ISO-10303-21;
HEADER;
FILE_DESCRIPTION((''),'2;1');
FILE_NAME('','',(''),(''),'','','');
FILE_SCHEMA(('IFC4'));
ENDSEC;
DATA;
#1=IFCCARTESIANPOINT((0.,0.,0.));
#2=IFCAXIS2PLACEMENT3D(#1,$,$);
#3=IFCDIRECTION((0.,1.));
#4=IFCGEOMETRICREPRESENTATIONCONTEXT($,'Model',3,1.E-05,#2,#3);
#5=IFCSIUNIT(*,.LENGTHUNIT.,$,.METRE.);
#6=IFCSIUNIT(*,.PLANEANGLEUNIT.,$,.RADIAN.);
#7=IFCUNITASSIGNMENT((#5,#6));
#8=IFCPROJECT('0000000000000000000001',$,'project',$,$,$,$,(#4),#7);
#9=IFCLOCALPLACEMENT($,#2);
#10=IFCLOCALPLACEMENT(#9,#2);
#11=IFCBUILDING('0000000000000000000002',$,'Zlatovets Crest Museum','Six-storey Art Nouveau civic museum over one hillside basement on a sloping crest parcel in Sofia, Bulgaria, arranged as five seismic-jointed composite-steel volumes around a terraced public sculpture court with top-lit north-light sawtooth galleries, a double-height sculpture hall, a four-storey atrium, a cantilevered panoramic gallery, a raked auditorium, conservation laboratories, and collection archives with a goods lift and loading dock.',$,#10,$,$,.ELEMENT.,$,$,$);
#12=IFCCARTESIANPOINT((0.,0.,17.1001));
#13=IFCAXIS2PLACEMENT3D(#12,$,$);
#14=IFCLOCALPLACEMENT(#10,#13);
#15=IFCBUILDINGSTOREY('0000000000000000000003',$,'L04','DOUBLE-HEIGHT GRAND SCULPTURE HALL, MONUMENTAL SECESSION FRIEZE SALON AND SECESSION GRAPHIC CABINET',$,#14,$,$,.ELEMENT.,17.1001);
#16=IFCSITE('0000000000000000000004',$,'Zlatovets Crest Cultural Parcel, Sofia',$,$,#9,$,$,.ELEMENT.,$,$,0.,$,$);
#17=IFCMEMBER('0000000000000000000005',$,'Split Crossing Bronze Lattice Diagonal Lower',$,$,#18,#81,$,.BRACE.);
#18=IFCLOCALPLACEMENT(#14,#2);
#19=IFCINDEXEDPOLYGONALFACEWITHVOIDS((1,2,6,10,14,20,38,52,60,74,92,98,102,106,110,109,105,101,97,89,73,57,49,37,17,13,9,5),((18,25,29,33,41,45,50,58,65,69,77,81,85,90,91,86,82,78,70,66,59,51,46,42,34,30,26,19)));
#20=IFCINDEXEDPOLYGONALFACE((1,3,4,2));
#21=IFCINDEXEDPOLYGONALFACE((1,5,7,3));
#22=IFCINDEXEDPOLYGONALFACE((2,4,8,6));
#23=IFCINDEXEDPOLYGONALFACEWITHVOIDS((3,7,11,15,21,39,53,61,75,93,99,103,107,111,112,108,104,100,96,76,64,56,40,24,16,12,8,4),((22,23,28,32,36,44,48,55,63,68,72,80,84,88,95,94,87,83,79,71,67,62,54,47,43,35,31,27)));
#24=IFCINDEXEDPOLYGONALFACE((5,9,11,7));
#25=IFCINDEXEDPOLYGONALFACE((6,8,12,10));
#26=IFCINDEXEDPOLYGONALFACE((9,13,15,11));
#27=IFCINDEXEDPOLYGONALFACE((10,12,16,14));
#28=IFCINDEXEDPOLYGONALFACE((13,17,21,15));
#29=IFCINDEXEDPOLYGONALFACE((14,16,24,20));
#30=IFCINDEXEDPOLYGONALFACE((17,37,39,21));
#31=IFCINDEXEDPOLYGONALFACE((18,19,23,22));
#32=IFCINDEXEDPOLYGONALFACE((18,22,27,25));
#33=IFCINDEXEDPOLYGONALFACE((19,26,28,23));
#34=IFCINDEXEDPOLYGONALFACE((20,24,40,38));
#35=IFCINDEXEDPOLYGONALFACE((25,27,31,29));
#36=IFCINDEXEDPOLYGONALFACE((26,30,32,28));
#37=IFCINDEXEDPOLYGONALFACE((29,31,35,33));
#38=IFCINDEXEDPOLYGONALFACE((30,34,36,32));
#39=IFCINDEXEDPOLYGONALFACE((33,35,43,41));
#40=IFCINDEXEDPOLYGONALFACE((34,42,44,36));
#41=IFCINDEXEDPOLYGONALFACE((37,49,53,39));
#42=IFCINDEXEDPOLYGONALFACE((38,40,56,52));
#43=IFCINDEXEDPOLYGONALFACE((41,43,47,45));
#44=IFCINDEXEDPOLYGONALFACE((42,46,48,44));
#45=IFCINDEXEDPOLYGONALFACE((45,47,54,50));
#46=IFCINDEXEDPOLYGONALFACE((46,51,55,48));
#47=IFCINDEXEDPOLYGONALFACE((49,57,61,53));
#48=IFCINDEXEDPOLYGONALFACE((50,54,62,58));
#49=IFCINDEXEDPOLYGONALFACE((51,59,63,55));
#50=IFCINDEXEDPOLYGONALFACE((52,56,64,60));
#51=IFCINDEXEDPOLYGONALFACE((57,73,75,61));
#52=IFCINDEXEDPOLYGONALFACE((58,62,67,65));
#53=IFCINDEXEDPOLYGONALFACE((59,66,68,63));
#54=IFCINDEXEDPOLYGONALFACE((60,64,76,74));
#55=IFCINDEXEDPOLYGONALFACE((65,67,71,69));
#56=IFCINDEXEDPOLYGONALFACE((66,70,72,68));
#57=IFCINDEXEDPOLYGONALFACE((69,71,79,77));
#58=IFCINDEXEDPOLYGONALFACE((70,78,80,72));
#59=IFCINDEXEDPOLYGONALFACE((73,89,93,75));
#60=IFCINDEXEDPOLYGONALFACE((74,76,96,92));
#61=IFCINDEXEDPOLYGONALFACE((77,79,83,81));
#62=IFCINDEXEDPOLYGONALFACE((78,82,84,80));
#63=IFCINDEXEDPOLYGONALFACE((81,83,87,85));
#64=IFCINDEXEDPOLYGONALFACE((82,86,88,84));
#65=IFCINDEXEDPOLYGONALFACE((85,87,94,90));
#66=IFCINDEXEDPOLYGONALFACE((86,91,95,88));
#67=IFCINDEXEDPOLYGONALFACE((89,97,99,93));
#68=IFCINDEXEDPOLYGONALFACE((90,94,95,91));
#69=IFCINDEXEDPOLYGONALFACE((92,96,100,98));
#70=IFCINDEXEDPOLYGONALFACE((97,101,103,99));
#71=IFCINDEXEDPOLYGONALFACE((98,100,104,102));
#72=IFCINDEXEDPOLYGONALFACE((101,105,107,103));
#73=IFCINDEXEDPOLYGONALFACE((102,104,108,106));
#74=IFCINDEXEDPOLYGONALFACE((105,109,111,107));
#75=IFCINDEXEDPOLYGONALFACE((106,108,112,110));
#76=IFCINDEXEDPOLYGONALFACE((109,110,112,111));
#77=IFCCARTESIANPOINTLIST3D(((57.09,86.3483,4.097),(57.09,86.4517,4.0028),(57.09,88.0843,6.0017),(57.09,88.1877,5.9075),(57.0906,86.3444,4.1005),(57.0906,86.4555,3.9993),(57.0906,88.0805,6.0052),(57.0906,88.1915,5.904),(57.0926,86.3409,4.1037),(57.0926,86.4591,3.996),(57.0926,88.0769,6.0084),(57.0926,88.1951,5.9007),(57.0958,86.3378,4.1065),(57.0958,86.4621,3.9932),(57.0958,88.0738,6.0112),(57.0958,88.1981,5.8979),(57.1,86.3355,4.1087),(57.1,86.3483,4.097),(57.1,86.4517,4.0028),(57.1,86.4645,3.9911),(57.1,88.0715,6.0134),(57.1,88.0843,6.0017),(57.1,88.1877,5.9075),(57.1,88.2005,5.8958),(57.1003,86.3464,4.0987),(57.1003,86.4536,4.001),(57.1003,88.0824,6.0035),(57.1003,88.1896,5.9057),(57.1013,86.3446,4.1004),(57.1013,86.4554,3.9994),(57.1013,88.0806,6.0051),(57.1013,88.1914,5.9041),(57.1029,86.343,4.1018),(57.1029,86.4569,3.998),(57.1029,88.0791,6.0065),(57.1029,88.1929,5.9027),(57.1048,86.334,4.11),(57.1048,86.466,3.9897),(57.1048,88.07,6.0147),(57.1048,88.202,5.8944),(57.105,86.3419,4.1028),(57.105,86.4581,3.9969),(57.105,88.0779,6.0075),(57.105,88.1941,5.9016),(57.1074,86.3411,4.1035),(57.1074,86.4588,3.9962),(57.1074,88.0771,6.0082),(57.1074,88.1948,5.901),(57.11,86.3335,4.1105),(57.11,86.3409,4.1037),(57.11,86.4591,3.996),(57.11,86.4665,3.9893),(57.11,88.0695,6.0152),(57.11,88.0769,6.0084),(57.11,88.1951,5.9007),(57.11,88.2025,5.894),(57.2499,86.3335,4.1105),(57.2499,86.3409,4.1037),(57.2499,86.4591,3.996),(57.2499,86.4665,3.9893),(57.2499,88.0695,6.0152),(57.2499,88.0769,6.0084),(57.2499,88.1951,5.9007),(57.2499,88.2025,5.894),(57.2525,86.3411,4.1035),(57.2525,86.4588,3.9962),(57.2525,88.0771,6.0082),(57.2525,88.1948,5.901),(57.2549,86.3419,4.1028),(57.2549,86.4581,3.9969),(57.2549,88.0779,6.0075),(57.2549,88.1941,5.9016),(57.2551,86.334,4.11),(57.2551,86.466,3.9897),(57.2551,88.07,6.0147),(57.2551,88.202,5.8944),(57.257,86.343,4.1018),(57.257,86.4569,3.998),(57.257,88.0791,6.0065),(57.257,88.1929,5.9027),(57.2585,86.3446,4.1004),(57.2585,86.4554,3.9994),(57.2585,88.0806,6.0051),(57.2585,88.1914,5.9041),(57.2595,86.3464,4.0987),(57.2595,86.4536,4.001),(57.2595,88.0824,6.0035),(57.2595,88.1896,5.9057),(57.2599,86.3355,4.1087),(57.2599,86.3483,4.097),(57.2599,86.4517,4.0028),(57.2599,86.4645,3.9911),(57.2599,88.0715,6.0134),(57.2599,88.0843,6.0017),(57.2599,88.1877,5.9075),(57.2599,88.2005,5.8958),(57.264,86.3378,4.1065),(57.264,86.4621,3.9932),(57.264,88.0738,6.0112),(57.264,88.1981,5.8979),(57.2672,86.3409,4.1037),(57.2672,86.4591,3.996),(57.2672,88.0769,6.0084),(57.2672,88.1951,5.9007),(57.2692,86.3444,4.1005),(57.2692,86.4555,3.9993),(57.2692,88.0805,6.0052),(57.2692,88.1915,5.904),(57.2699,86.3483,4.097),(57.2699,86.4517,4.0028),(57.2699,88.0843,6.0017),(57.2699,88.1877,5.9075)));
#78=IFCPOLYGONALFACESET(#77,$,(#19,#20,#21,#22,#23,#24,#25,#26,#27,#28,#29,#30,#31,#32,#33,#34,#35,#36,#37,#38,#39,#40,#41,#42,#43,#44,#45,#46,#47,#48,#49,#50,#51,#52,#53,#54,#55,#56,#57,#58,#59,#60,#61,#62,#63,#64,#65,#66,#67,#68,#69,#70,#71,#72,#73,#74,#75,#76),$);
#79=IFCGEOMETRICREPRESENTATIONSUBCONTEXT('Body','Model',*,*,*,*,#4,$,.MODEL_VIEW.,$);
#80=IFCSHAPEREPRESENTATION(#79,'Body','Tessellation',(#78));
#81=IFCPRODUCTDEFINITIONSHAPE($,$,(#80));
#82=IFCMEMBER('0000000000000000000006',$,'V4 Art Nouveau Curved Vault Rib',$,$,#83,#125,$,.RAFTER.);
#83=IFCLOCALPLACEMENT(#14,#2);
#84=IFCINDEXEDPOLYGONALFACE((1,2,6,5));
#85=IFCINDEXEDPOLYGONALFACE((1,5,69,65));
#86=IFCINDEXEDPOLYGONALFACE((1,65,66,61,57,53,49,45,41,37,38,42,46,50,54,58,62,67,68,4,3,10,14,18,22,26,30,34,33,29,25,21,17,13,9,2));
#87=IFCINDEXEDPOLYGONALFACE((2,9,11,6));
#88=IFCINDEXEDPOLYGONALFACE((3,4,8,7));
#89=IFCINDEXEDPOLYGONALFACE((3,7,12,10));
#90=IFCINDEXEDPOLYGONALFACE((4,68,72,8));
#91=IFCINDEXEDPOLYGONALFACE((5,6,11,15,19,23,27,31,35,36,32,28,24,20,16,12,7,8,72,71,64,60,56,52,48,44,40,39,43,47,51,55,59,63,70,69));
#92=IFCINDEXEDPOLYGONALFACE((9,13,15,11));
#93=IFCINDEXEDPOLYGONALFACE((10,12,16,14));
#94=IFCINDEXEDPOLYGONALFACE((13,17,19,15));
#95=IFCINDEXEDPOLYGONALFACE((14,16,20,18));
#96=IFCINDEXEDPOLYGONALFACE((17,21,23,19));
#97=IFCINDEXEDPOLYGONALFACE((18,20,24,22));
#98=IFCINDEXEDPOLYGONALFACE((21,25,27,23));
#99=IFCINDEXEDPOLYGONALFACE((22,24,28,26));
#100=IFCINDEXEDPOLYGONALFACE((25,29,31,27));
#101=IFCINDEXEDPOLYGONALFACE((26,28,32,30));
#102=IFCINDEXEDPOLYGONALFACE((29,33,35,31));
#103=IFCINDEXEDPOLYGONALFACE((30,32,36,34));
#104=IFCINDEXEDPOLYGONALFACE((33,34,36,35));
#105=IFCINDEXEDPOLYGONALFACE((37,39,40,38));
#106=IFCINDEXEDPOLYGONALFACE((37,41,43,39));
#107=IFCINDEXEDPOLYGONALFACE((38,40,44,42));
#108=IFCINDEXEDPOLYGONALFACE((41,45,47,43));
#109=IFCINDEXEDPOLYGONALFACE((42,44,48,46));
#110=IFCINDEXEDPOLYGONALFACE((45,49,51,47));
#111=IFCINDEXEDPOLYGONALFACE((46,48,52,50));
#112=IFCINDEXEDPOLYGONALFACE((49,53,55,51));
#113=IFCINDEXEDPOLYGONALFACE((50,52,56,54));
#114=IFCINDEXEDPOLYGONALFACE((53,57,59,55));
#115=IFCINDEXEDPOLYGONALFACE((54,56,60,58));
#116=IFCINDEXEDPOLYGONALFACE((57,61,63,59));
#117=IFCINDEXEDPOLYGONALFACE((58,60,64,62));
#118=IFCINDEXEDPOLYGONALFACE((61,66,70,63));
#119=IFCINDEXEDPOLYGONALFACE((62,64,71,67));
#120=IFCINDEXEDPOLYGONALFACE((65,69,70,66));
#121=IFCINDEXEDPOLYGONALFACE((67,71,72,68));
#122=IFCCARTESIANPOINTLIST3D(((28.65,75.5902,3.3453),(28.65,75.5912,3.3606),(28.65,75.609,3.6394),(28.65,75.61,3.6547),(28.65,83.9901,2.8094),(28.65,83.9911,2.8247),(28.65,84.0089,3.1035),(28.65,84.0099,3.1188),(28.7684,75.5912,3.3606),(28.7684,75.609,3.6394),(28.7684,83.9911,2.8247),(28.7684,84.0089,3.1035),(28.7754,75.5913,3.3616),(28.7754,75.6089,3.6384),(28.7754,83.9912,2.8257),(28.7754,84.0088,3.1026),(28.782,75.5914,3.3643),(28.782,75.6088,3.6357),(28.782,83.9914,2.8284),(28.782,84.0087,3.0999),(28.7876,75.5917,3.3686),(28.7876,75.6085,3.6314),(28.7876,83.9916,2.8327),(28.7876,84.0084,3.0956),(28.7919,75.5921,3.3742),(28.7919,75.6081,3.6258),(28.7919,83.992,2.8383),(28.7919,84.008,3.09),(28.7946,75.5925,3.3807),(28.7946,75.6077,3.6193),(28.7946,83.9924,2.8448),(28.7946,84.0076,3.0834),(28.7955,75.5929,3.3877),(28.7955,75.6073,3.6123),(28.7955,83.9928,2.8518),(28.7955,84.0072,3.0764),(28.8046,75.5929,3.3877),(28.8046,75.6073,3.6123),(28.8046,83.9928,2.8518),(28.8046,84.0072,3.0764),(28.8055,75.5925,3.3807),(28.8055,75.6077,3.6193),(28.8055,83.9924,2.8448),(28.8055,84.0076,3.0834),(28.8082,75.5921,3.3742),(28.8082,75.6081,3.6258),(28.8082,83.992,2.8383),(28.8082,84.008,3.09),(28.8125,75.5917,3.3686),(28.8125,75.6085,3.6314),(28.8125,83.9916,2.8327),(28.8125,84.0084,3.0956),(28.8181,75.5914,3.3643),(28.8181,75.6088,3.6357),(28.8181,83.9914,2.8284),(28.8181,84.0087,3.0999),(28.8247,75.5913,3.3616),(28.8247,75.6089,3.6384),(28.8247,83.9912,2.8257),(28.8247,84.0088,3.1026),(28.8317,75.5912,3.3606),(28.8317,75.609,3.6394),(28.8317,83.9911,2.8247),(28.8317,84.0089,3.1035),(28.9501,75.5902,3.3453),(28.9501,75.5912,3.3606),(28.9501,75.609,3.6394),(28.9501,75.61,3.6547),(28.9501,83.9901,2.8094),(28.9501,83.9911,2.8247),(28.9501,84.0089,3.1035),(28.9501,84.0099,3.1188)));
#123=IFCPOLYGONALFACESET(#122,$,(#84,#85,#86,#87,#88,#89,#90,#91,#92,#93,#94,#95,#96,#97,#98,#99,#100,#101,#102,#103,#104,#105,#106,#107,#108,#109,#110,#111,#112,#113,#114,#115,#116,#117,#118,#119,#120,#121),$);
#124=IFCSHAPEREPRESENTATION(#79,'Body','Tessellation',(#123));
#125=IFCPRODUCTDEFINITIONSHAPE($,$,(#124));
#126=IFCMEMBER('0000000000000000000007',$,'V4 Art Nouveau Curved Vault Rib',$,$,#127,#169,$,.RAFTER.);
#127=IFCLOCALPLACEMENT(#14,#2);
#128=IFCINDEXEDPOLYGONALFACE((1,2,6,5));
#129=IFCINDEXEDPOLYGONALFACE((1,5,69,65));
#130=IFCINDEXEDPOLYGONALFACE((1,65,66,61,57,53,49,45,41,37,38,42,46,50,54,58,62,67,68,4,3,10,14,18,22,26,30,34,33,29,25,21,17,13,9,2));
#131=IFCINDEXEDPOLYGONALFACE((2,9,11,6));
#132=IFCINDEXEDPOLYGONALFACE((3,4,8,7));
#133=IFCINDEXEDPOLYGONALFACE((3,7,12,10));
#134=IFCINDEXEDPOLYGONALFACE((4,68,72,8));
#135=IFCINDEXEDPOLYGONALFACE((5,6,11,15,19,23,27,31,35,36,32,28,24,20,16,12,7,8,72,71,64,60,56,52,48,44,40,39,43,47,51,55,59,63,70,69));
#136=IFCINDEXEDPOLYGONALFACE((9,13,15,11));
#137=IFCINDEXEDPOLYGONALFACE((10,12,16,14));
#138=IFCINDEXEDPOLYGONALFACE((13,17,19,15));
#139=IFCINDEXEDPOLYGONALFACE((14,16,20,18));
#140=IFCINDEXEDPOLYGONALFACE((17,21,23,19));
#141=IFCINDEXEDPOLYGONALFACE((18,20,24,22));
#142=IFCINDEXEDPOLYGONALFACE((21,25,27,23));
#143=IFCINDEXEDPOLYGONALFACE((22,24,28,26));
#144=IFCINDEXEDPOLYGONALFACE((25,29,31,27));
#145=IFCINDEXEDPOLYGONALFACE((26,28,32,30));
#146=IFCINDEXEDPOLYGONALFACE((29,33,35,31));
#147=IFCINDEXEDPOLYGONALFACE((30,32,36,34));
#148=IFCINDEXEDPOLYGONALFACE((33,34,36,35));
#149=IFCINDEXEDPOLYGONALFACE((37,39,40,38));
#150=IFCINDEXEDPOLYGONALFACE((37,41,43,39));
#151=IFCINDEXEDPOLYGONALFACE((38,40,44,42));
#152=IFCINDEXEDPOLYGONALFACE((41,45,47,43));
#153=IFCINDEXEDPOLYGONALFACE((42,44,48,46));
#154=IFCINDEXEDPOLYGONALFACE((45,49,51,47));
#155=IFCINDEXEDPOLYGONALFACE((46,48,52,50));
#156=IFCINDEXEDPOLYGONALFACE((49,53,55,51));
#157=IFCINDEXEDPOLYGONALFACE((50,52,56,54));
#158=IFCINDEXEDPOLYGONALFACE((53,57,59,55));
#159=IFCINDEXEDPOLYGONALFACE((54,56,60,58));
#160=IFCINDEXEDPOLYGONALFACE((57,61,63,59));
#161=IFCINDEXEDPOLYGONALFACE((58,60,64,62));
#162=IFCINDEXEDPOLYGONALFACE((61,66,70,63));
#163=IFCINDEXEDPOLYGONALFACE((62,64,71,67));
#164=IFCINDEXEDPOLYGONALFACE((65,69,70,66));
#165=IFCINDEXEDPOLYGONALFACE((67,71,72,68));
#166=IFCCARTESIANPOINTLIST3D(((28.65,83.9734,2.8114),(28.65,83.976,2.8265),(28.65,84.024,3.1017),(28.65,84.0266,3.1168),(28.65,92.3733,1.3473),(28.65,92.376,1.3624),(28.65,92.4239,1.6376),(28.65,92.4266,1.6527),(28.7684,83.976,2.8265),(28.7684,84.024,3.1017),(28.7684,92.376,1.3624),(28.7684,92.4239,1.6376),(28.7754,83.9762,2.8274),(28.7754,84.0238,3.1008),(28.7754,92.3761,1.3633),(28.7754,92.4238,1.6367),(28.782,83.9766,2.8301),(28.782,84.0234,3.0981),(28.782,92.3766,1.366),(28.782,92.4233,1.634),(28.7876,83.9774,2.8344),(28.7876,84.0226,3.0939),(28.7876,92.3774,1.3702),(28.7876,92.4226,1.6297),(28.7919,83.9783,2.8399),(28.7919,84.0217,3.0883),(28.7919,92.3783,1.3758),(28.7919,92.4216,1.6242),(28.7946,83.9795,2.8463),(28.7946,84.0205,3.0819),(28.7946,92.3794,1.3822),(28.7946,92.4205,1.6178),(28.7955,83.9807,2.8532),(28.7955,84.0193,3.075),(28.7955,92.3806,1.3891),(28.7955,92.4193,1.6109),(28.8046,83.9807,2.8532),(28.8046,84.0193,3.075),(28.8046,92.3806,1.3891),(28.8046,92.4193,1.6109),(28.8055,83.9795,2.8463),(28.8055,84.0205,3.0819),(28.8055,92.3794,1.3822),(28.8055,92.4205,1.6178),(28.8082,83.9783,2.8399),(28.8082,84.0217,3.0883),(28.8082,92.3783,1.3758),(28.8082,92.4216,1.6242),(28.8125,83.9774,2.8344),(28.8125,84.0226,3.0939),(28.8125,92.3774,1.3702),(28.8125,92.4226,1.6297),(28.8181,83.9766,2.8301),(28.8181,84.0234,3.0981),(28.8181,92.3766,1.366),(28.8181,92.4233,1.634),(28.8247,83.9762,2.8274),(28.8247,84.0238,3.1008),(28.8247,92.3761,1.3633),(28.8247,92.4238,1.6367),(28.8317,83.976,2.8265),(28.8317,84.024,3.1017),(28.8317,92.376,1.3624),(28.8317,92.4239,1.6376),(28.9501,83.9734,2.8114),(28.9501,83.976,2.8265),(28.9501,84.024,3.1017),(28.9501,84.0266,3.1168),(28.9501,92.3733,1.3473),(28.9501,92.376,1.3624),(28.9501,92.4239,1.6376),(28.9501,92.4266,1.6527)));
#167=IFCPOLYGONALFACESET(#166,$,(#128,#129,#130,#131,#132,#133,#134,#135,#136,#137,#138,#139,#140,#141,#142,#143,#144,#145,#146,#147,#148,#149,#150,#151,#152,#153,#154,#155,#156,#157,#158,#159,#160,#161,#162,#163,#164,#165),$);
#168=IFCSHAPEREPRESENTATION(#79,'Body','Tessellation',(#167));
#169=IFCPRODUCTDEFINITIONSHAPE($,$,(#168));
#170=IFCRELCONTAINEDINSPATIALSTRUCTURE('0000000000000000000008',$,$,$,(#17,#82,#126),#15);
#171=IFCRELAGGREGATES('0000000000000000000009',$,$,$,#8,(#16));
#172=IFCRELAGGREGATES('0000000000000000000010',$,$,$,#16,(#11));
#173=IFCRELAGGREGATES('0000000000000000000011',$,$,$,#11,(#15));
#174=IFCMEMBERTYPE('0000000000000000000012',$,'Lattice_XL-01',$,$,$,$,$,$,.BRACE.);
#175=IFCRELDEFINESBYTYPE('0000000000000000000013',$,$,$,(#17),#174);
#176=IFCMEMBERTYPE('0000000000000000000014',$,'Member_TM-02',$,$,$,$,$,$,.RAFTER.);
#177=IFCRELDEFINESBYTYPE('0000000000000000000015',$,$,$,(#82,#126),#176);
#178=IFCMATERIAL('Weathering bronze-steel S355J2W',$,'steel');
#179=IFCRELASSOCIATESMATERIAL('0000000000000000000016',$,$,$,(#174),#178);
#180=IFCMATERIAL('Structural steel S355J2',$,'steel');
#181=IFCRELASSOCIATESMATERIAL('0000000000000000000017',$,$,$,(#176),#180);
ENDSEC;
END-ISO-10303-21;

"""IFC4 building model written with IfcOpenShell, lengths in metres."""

from ifc_helpers import new_model, si_unit, direction, frame, origin, origin_2d, place, context, subcontext, project, spatial, hollow_rectangle, i_section, extrude, material, material_profile, profile_set, type_object, element, save


model = new_model("IFC4")

# Units and contexts
model_context = context("Model", 3, precision=1e-05, world=origin(), true_north=direction((0.0, 1.0)))
body_context = subcontext(model_context, "Body", "Model", "MODEL_VIEW")
ifc_project = project(units=[si_unit("LENGTHUNIT", "METRE"), si_unit("PLANEANGLEUNIT", "RADIAN")], contexts=[model_context])

# Site, building, storey
site_placement = place(None, origin())
site = spatial("IfcSite", under=ifc_project, at=site_placement, Name="Zlatovets Crest Cultural Parcel, Sofia", CompositionType="ELEMENT", RefElevation=0.0)
building_placement = place(site_placement, origin())
building = spatial("IfcBuilding", under=site, at=building_placement, Name="Zlatovets Crest Museum", Description="Six-storey Art Nouveau civic museum over one hillside basement on a sloping crest parcel in Sofia, Bulgaria, arranged as five seismic-jointed composite-steel volumes around a terraced public sculpture court with top-lit north-light sawtooth galleries, a double-height sculpture hall, a four-storey atrium, a cantilevered panoramic gallery, a raked auditorium, conservation laboratories, and collection archives with a goods lift and loading dock.", CompositionType="ELEMENT")
storey_placement = place(building_placement, frame((0.0, 0.0, 17.1001)))
storey = spatial("IfcBuildingStorey", under=building, at=storey_placement, Name="L04", Description="DOUBLE-HEIGHT GRAND SCULPTURE HALL, MONUMENTAL SECESSION FRIEZE SALON AND SECESSION GRAPHIC CABINET", CompositionType="ELEMENT", Elevation=17.1001)

# Shared definitions
ifc_material_1 = material(Name="Structural steel S355J2", Category="steel")

# Members
ifc_material_2 = material(Name="Weathering bronze-steel S355J2W", Category="steel")
ifc_material_profile_1 = material_profile(ifc_material_2, hollow_rectangle(XDim=0.1799, YDim=0.1799, WallThickness=0.01, InnerFilletRadius=0.01, OuterFilletRadius=0.02, at=origin_2d()), Name="SHS 180x180x10.0")
ifc_profile_set_1 = profile_set([ifc_material_profile_1], Name="Weathering bronze-steel S355J2W")
member_type_1 = type_object("IfcMemberType", Name="Lattice_XL-01", PredefinedType="BRACE", material=ifc_profile_set_1)
for number, where, z_axis, x_axis, name in (
    (1, (57.1799, 88.136, 5.9546), (0.0, -0.67362, -0.739078), (1.0, 0.0, 0.0), "Split Crossing Bronze Lattice Diagonal Lower"),
):
    element("IfcMember", number, at=place(storey_placement, frame(where, z_axis=z_axis, x_axis=x_axis)), inside=storey, type_object=member_type_1, Name=name, PredefinedType="BRACE", context=body_context, shape_type="SweptSolid", body=[
        extrude(hollow_rectangle(XDim=0.1799, YDim=0.1799, WallThickness=0.01, InnerFilletRadius=0.01, OuterFilletRadius=0.02, at=origin_2d()), origin(), (0.0, 0.0, 1.0), 2.5771),
    ])
ifc_material_profile_2 = material_profile(ifc_material_1, i_section(OverallWidth=0.3, OverallDepth=0.3101, WebThickness=0.009, FlangeThickness=0.0154, FilletRadius=0.0271, at=origin_2d()), Name="HEA 320")
ifc_profile_set_2 = profile_set([ifc_material_profile_2], Name="Structural steel S355J2")
member_type_2 = type_object("IfcMemberType", Name="Member_TM-02", PredefinedType="RAFTER", material=ifc_profile_set_2)
member_1_placement = place(storey_placement, frame((28.8, 75.6001, 3.5), z_axis=(0.0, 0.997971, -0.063668), x_axis=(-1.0, 0.0, 0.0)))
element("IfcMember", 2, at=member_1_placement, inside=storey, type_object=member_type_2, Name="V4 Art Nouveau Curved Vault Rib", PredefinedType="RAFTER", context=body_context, shape_type="SweptSolid", body=[
    extrude(i_section(OverallWidth=0.3, OverallDepth=0.3101, WebThickness=0.009, FlangeThickness=0.0154, FilletRadius=0.0271, at=origin_2d()), origin(), (0.0, 0.0, 1.0), 8.417),
])
member_2_placement = place(storey_placement, frame((28.8, 84.0, 2.9641), z_axis=(0.0, 0.985147, -0.171712), x_axis=(-1.0, 0.0, 0.0)))
element("IfcMember", 3, at=member_2_placement, inside=storey, type_object=member_type_2, Name="V4 Art Nouveau Curved Vault Rib", PredefinedType="RAFTER", context=body_context, shape_type="SweptSolid", body=[
    extrude(i_section(OverallWidth=0.3, OverallDepth=0.3101, WebThickness=0.009, FlangeThickness=0.0154, FilletRadius=0.0271, at=origin_2d()), origin(), (0.0, 0.0, 1.0), 8.5266),
])

save(model, "model.ifc")
